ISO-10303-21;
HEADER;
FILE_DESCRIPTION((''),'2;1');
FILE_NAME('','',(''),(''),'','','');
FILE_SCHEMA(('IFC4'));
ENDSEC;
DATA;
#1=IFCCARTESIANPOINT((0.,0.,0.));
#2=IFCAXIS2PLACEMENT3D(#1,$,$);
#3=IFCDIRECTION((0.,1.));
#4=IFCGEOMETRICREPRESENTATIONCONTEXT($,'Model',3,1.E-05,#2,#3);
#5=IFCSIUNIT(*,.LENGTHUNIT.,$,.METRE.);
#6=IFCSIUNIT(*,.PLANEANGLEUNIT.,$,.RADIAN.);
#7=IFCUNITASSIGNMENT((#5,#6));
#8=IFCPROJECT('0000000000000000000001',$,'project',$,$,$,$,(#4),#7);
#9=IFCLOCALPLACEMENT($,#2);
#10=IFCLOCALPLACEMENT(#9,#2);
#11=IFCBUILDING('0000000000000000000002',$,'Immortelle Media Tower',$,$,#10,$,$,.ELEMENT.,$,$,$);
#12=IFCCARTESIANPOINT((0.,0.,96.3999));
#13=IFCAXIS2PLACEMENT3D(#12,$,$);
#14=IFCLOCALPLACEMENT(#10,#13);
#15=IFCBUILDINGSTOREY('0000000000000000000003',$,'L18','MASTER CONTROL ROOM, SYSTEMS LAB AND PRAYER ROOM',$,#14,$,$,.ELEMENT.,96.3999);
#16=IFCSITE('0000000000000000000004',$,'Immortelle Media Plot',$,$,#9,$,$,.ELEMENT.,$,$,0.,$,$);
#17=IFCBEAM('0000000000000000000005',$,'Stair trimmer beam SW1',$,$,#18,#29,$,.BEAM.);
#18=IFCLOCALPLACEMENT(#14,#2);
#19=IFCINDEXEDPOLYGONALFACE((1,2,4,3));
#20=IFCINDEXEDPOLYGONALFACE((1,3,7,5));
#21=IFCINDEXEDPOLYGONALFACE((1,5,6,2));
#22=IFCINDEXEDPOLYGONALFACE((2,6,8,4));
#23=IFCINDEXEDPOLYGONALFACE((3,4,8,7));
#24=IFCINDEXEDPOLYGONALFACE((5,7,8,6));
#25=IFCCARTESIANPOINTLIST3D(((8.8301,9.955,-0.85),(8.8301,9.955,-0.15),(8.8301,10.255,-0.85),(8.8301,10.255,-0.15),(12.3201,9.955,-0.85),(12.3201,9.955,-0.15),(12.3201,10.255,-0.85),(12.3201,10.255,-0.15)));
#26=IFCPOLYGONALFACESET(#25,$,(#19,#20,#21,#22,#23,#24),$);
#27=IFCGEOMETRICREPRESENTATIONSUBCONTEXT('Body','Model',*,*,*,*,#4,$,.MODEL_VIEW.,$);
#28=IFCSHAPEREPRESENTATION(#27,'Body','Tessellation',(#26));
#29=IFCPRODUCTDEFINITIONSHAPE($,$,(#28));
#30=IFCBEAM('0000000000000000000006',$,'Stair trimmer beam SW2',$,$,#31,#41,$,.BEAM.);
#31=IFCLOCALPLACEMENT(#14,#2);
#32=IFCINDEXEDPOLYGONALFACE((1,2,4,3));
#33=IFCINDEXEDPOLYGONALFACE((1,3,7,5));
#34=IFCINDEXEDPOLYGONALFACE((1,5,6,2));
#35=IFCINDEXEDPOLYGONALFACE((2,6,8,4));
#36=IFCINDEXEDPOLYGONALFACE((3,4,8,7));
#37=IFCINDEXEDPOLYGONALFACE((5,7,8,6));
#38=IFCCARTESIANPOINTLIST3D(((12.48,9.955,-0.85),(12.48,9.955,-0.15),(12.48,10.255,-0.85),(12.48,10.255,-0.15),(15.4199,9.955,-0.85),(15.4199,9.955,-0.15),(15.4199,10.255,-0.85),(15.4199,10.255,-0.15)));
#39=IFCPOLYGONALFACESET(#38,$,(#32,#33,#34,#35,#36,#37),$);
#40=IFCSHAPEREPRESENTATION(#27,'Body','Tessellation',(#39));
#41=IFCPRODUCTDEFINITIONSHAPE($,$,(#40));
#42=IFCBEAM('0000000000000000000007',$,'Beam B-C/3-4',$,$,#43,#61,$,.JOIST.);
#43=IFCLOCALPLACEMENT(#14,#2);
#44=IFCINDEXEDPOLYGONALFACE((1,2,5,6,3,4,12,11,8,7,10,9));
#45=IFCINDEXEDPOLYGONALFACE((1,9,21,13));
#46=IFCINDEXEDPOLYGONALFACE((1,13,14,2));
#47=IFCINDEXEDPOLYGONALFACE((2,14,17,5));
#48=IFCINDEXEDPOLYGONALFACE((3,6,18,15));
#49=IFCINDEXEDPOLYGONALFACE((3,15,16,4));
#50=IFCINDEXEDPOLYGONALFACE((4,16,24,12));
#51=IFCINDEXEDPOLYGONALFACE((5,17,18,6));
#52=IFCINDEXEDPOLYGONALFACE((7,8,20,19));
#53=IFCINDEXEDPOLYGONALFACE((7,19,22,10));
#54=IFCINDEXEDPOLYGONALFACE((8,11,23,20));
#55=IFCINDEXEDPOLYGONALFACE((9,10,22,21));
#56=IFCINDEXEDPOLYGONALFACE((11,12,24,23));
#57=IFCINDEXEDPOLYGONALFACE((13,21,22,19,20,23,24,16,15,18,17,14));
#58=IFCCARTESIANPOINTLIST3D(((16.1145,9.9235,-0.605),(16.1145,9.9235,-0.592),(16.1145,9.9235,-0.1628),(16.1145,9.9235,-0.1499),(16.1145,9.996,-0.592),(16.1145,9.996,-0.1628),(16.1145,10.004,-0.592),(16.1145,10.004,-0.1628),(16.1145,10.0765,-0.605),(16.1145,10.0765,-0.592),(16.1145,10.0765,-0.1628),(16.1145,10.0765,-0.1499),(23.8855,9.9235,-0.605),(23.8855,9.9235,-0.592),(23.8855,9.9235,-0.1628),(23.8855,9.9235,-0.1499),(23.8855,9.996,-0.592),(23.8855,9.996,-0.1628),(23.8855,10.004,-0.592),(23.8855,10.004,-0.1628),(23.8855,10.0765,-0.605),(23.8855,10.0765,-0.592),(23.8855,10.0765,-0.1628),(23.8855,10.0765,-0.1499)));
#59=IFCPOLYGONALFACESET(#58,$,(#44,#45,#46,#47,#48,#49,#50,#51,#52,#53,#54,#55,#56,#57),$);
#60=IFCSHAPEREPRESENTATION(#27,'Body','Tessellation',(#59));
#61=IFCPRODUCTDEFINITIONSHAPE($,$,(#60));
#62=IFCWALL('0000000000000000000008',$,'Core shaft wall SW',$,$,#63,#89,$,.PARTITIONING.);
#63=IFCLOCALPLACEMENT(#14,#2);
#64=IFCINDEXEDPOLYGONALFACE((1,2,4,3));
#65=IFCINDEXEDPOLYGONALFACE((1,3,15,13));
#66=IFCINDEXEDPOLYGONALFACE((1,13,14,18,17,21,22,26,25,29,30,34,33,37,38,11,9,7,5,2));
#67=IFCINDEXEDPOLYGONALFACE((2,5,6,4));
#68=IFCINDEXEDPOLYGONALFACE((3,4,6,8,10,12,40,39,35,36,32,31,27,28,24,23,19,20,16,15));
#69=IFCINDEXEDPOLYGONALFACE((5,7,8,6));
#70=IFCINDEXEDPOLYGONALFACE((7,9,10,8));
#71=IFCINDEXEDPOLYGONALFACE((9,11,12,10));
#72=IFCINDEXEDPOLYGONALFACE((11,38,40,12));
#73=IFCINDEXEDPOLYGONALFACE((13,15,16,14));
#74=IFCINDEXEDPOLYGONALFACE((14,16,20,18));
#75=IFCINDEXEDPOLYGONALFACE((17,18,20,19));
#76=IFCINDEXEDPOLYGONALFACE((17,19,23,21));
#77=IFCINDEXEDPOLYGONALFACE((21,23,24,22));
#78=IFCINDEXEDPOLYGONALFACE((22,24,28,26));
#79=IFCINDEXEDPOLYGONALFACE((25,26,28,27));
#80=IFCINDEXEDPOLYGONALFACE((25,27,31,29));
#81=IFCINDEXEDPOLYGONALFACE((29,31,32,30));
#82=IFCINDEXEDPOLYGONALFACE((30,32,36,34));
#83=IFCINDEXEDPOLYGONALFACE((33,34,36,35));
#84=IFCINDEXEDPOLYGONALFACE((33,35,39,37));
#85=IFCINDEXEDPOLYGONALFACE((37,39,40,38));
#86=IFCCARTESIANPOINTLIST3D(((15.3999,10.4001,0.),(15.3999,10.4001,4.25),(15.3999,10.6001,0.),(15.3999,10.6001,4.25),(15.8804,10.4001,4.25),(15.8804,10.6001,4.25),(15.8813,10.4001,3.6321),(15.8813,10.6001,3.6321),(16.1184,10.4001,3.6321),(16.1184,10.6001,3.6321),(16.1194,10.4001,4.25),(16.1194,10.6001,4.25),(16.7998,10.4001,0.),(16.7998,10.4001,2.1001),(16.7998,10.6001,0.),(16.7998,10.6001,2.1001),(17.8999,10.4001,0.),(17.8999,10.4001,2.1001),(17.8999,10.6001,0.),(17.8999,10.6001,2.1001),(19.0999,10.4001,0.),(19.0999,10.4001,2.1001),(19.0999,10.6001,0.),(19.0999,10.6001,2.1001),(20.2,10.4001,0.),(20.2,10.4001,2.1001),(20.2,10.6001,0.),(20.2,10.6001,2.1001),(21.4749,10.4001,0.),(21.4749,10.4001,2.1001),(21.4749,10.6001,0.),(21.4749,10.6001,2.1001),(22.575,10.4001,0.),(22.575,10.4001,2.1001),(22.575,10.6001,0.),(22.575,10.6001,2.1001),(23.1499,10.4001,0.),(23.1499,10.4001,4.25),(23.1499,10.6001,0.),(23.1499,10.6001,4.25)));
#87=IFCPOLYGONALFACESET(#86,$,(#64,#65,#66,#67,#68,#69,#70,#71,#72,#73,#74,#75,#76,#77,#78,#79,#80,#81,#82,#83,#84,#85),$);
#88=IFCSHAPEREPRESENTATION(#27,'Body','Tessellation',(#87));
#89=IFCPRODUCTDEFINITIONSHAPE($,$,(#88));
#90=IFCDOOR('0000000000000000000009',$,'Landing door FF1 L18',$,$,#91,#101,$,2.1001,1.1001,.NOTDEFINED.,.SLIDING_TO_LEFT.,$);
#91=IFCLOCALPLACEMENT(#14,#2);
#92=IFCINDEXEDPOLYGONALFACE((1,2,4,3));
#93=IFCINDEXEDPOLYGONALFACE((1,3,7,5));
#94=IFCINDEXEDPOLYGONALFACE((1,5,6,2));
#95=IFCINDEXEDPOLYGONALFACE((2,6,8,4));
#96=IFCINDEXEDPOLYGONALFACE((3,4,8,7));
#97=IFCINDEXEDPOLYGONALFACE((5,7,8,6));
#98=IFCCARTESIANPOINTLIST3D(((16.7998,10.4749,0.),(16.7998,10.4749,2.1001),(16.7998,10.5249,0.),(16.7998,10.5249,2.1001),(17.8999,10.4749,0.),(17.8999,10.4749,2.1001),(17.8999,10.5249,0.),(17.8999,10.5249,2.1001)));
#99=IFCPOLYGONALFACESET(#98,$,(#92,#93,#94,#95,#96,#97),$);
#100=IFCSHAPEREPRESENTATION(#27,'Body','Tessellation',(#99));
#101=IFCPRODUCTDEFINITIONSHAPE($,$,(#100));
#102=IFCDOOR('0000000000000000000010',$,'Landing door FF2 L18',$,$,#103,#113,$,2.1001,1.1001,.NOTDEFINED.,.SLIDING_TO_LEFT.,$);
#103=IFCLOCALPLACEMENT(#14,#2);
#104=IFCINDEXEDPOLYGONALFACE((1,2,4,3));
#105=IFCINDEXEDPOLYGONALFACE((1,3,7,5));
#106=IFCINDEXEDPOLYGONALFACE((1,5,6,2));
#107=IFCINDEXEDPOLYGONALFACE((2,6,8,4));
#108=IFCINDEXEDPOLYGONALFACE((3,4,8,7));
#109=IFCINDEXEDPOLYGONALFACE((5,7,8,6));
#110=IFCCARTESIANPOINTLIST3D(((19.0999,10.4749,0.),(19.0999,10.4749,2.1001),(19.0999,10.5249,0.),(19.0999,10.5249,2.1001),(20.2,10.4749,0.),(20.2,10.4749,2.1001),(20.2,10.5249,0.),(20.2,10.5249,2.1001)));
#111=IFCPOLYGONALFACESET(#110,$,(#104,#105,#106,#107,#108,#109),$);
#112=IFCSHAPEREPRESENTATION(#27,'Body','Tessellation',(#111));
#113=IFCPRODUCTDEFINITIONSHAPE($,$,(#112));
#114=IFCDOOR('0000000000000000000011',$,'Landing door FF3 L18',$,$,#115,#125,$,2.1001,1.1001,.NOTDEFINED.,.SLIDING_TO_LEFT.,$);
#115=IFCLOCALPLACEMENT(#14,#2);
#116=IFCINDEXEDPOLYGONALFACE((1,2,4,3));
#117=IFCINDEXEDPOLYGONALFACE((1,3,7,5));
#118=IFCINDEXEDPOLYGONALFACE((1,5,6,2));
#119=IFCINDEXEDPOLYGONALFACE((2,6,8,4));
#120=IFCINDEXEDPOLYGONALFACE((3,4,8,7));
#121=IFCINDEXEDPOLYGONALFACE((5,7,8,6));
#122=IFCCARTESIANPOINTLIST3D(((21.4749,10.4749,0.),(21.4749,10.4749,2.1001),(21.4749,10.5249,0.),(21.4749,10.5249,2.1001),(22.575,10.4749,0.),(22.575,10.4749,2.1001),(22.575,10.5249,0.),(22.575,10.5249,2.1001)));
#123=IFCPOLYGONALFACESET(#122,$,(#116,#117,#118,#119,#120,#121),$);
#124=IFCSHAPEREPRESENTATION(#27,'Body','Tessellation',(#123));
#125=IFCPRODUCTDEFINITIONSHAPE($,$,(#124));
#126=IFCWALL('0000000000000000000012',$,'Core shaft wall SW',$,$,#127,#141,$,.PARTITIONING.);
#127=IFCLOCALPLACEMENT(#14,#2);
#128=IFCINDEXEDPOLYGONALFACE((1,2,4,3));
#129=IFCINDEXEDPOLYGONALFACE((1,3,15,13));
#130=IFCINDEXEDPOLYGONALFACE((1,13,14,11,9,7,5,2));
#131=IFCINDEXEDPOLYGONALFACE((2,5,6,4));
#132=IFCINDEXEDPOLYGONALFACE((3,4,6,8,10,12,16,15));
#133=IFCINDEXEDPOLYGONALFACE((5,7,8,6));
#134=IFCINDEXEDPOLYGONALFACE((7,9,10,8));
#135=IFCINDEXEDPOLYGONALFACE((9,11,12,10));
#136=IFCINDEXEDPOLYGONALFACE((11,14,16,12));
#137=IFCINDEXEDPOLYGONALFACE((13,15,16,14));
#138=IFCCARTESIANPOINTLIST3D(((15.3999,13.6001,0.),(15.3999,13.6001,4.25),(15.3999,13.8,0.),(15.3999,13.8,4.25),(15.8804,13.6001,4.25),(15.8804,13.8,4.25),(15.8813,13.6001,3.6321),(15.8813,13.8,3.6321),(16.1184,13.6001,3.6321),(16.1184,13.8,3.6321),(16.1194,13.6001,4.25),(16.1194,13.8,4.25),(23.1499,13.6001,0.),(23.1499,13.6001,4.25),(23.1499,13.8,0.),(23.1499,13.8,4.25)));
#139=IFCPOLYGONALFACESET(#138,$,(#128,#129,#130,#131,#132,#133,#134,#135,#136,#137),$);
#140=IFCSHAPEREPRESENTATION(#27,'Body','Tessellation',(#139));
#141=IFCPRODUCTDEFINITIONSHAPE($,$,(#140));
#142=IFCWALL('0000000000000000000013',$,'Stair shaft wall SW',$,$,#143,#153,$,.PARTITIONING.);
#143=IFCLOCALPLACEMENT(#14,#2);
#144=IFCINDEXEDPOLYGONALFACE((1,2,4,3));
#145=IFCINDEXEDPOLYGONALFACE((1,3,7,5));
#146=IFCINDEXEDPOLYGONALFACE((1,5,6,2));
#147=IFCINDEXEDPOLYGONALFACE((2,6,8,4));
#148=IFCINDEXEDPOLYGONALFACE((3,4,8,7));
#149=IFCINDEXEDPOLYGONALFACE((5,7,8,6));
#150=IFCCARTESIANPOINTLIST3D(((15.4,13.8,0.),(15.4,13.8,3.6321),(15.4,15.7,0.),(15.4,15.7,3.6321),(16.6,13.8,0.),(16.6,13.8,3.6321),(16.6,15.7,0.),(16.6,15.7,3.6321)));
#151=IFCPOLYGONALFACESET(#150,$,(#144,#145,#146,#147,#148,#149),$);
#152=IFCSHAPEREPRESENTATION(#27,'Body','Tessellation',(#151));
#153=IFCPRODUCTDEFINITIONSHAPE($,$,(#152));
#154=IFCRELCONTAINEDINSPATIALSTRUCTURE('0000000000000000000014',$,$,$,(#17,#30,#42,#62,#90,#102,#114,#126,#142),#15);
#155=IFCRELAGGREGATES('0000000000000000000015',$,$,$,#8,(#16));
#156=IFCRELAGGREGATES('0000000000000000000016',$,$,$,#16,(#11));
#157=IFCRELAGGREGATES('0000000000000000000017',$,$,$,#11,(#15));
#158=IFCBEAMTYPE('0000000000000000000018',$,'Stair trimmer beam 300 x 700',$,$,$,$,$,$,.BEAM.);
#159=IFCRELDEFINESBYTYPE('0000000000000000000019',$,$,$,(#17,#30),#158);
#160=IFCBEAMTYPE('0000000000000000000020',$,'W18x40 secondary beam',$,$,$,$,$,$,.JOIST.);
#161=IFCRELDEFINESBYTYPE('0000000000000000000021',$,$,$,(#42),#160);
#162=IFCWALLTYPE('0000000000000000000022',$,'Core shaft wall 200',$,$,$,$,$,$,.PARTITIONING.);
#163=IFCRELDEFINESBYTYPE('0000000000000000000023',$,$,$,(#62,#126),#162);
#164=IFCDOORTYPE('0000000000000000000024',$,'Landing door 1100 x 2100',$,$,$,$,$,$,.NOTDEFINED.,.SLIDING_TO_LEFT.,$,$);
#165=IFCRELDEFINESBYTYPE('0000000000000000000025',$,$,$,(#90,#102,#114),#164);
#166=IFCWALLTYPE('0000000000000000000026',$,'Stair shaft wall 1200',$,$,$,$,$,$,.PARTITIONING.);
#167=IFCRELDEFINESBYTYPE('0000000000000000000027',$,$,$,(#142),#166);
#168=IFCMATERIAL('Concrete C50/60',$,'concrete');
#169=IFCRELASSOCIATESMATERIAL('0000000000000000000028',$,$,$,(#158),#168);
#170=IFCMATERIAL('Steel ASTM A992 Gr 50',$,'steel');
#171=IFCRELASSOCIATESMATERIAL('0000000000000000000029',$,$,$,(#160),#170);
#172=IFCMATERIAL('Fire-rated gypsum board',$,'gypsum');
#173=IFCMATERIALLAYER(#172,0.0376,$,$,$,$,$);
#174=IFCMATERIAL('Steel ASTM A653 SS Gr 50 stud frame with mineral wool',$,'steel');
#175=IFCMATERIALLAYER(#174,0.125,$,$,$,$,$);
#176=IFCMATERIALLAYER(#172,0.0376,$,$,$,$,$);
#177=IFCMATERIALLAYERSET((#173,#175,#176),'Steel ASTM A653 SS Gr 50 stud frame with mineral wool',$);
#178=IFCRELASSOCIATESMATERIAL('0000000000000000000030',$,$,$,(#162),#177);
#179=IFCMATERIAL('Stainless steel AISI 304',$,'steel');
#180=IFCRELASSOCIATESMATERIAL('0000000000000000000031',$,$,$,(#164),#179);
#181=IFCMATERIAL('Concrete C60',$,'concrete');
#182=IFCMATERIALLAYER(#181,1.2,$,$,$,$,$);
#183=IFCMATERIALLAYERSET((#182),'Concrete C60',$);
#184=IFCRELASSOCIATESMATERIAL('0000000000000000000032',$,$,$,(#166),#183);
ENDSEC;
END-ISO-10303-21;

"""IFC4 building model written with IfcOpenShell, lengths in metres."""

from ifc_helpers import new_model, si_unit, direction, frame, frame_2d, origin, origin_2d, place, context, subcontext, project, spatial, polyline, rectangle, i_section, outline, extrude, material, layer, layer_set, material_profile, profile_set, type_object, element, fill, save


model = new_model("IFC4")

# Units and contexts
model_context = context("Model", 3, precision=1e-05, world=origin(), true_north=direction((0.0, 1.0)))
body_context = subcontext(model_context, "Body", "Model", "MODEL_VIEW")
ifc_project = project(units=[si_unit("LENGTHUNIT", "METRE"), si_unit("PLANEANGLEUNIT", "RADIAN")], contexts=[model_context])

# Site, building, storey
site_placement = place(None, origin())
site = spatial("IfcSite", under=ifc_project, at=site_placement, Name="Immortelle Media Plot", CompositionType="ELEMENT", RefElevation=0.0)
building_placement = place(site_placement, origin())
building = spatial("IfcBuilding", under=site, at=building_placement, Name="Immortelle Media Tower", CompositionType="ELEMENT")
storey_placement = place(building_placement, frame((0.0, 0.0, 96.3999)))
storey = spatial("IfcBuildingStorey", under=building, at=storey_placement, Name="L18", Description="MASTER CONTROL ROOM, SYSTEMS LAB AND PRAYER ROOM", CompositionType="ELEMENT", Elevation=96.3999)

# Beams
ifc_material_1 = material(Name="Concrete C50/60", Category="concrete")
ifc_material_profile_1 = material_profile(ifc_material_1, rectangle(XDim=0.3, YDim=0.7, at=origin_2d()), Name="RC 300x700")
ifc_profile_set_1 = profile_set([ifc_material_profile_1], Name="Concrete C50/60")
beam_type_1 = type_object("IfcBeamType", Name="Stair trimmer beam 300 x 700", PredefinedType="BEAM", material=ifc_profile_set_1)
beam_1_placement = place(storey_placement, frame((8.8301, 10.105, -0.5), z_axis=(1.0, 0.0, 0.0), x_axis=(0.0, 1.0, 0.0)))
element("IfcBeam", 1, at=beam_1_placement, inside=storey, type_object=beam_type_1, Name="Stair trimmer beam SW1", PredefinedType="BEAM", context=body_context, shape_type="SweptSolid", body=[
    extrude(rectangle(XDim=0.3, YDim=0.7, at=origin_2d()), origin(), (0.0, 0.0, 1.0), 3.49),
])
beam_2_placement = place(storey_placement, frame((12.48, 10.105, -0.5), z_axis=(1.0, 0.0, 0.0), x_axis=(0.0, 1.0, 0.0)))
element("IfcBeam", 2, at=beam_2_placement, inside=storey, type_object=beam_type_1, Name="Stair trimmer beam SW2", PredefinedType="BEAM", context=body_context, shape_type="SweptSolid", body=[
    extrude(rectangle(XDim=0.3, YDim=0.7, at=origin_2d()), origin(), (0.0, 0.0, 1.0), 2.9399),
])
ifc_material_2 = material(Name="Steel ASTM A992 Gr 50", Category="steel")
ifc_material_profile_2 = material_profile(ifc_material_2, i_section(OverallWidth=0.1531, OverallDepth=0.4551, WebThickness=0.0081, FlangeThickness=0.0129, at=origin_2d()), Name="W18x40")
ifc_profile_set_2 = profile_set([ifc_material_profile_2], Name="Steel ASTM A992 Gr 50")
beam_type_2 = type_object("IfcBeamType", Name="W18x40 secondary beam", PredefinedType="JOIST", material=ifc_profile_set_2)
beam_3_placement = place(storey_placement, frame((16.1145, 10.0, -0.3774), z_axis=(1.0, 0.0, 0.0), x_axis=(0.0, 1.0, 0.0)))
element("IfcBeam", 3, at=beam_3_placement, inside=storey, type_object=beam_type_2, Name="Beam B-C/3-4", PredefinedType="JOIST", context=body_context, shape_type="SweptSolid", body=[
    extrude(i_section(OverallWidth=0.1531, OverallDepth=0.4551, WebThickness=0.0081, FlangeThickness=0.0129, at=origin_2d()), origin(), (0.0, 0.0, 1.0), 7.771),
])

# Wall, openings, doors
ifc_material_3 = material(Name="Fire-rated gypsum board", Category="gypsum")
ifc_layer_1 = layer(ifc_material_3, 0.0376)
ifc_material_4 = material(Name="Steel ASTM A653 SS Gr 50 stud frame with mineral wool", Category="steel")
ifc_layer_2 = layer(ifc_material_4, 0.125)
ifc_layer_3 = layer(ifc_material_3, 0.0376)
ifc_layer_set_1 = layer_set([ifc_layer_1, ifc_layer_2, ifc_layer_3], Name="Steel ASTM A653 SS Gr 50 stud frame with mineral wool")
wall_type_1 = type_object("IfcWallType", Name="Core shaft wall 200", PredefinedType="PARTITIONING", material=ifc_layer_set_1)
wall_1_placement = place(storey_placement, frame((15.3999, 10.5, 0.0), z_axis=(0.0, 0.0, 1.0), x_axis=(1.0, 0.0, 0.0)))
wall_1 = element("IfcWall", 4, at=wall_1_placement, inside=storey, type_object=wall_type_1, Name="Core shaft wall SW", PredefinedType="PARTITIONING", context=body_context, shape_type="SweptSolid", body=[
    extrude(outline(polyline([(0.0, 0.0), (7.75, 0.0), (7.75, 4.25), (0.7195, 4.25), (0.7185, 3.6321), (0.4814, 3.6321), (0.4805, 4.25), (0.0, 4.25), (0.0, 0.0)])), frame((0.0, 0.1001, 0.0), z_axis=(0.0, -1.0, 0.0), x_axis=(1.0, 0.0, 0.0)), (0.0, 0.0, 1.0), 0.2),
])
opening_1_placement = place(wall_1_placement, frame((1.3999, 0.0, 0.0)))
opening_1 = element("IfcOpeningElement", 5, at=opening_1_placement, cuts=wall_1, PredefinedType="OPENING", context=body_context, shape_type="SweptSolid", body=[
    extrude(rectangle(XDim=1.1001, YDim=2.1001, at=frame_2d((0.55, 1.05))), frame((0.0, 0.1099, 0.0), z_axis=(0.0, -1.0, 0.0), x_axis=(1.0, 0.0, 0.0)), (0.0, 0.0, 1.0), 0.22),
])
opening_2_placement = place(wall_1_placement, frame((3.7, 0.0, 0.0)))
opening_2 = element("IfcOpeningElement", 6, at=opening_2_placement, cuts=wall_1, PredefinedType="OPENING", context=body_context, shape_type="SweptSolid", body=[
    extrude(rectangle(XDim=1.1001, YDim=2.1001, at=frame_2d((0.55, 1.05))), frame((0.0, 0.1099, 0.0), z_axis=(0.0, -1.0, 0.0), x_axis=(1.0, 0.0, 0.0)), (0.0, 0.0, 1.0), 0.22),
])
opening_3_placement = place(wall_1_placement, frame((6.075, 0.0, 0.0)))
opening_3 = element("IfcOpeningElement", 7, at=opening_3_placement, cuts=wall_1, PredefinedType="OPENING", context=body_context, shape_type="SweptSolid", body=[
    extrude(rectangle(XDim=1.1001, YDim=2.1001, at=frame_2d((0.55, 1.05))), frame((0.0, 0.1099, 0.0), z_axis=(0.0, -1.0, 0.0), x_axis=(1.0, 0.0, 0.0)), (0.0, 0.0, 1.0), 0.22),
])
ifc_material_5 = material(Name="Stainless steel AISI 304", Category="steel")
door_type_1 = type_object("IfcDoorType", Name="Landing door 1100 x 2100", OperationType="SLIDING_TO_LEFT", PredefinedType="NOTDEFINED", material=ifc_material_5)
door_1_placement = place(opening_1_placement, origin())
door_1 = element("IfcDoor", 8, at=door_1_placement, inside=storey, type_object=door_type_1, Name="Landing door FF1 L18", OperationType="SLIDING_TO_LEFT", OverallHeight=2.1001, OverallWidth=1.1001, PredefinedType="NOTDEFINED", context=body_context, shape_type="SweptSolid", body=[
    extrude(rectangle(XDim=1.1001, YDim=2.1001, at=frame_2d((0.55, 1.05))), frame((0.0, 0.0249, 0.0), z_axis=(0.0, -1.0, 0.0), x_axis=(1.0, 0.0, 0.0)), (0.0, 0.0, 1.0), 0.05),
])
fill(opening_1, door_1)
door_2_placement = place(opening_2_placement, origin())
door_2 = element("IfcDoor", 9, at=door_2_placement, inside=storey, type_object=door_type_1, Name="Landing door FF2 L18", OperationType="SLIDING_TO_LEFT", OverallHeight=2.1001, OverallWidth=1.1001, PredefinedType="NOTDEFINED", context=body_context, shape_type="SweptSolid", body=[
    extrude(rectangle(XDim=1.1001, YDim=2.1001, at=frame_2d((0.55, 1.05))), frame((0.0, 0.0249, 0.0), z_axis=(0.0, -1.0, 0.0), x_axis=(1.0, 0.0, 0.0)), (0.0, 0.0, 1.0), 0.05),
])
fill(opening_2, door_2)
door_3_placement = place(opening_3_placement, origin())
door_3 = element("IfcDoor", 10, at=door_3_placement, inside=storey, type_object=door_type_1, Name="Landing door FF3 L18", OperationType="SLIDING_TO_LEFT", OverallHeight=2.1001, OverallWidth=1.1001, PredefinedType="NOTDEFINED", context=body_context, shape_type="SweptSolid", body=[
    extrude(rectangle(XDim=1.1001, YDim=2.1001, at=frame_2d((0.55, 1.05))), frame((0.0, 0.0249, 0.0), z_axis=(0.0, -1.0, 0.0), x_axis=(1.0, 0.0, 0.0)), (0.0, 0.0, 1.0), 0.05),
])
fill(opening_3, door_3)

# Walls
wall_2_placement = place(storey_placement, frame((15.3999, 13.7, 0.0), z_axis=(0.0, 0.0, 1.0), x_axis=(1.0, 0.0, 0.0)))
element("IfcWall", 11, at=wall_2_placement, inside=storey, type_object=wall_type_1, Name="Core shaft wall SW", PredefinedType="PARTITIONING", context=body_context, shape_type="SweptSolid", body=[
    extrude(outline(polyline([(0.0, 0.0), (7.75, 0.0), (7.75, 4.25), (0.7195, 4.25), (0.7185, 3.6321), (0.4814, 3.6321), (0.4805, 4.25), (0.0, 4.25), (0.0, 0.0)])), frame((0.0, 0.1001, 0.0), z_axis=(0.0, -1.0, 0.0), x_axis=(1.0, 0.0, 0.0)), (0.0, 0.0, 1.0), 0.2),
])
ifc_material_6 = material(Name="Concrete C60", Category="concrete")
ifc_layer_4 = layer(ifc_material_6, 1.2)
ifc_layer_set_2 = layer_set([ifc_layer_4], Name="Concrete C60")
wall_type_2 = type_object("IfcWallType", Name="Stair shaft wall 1200", PredefinedType="PARTITIONING", material=ifc_layer_set_2)
wall_3_placement = place(storey_placement, frame((16.0, 13.8, 0.0), z_axis=(0.0, 0.0, 1.0), x_axis=(0.0, 1.0, 0.0)))
element("IfcWall", 12, at=wall_3_placement, inside=storey, type_object=wall_type_2, Name="Stair shaft wall SW", PredefinedType="PARTITIONING", context=body_context, shape_type="SweptSolid", body=[
    extrude(rectangle(XDim=1.8999, YDim=1.2, at=frame_2d((0.95, 0.0))), origin(), (0.0, 0.0, 1.0), 3.6321),
])

save(model, "model.ifc")
